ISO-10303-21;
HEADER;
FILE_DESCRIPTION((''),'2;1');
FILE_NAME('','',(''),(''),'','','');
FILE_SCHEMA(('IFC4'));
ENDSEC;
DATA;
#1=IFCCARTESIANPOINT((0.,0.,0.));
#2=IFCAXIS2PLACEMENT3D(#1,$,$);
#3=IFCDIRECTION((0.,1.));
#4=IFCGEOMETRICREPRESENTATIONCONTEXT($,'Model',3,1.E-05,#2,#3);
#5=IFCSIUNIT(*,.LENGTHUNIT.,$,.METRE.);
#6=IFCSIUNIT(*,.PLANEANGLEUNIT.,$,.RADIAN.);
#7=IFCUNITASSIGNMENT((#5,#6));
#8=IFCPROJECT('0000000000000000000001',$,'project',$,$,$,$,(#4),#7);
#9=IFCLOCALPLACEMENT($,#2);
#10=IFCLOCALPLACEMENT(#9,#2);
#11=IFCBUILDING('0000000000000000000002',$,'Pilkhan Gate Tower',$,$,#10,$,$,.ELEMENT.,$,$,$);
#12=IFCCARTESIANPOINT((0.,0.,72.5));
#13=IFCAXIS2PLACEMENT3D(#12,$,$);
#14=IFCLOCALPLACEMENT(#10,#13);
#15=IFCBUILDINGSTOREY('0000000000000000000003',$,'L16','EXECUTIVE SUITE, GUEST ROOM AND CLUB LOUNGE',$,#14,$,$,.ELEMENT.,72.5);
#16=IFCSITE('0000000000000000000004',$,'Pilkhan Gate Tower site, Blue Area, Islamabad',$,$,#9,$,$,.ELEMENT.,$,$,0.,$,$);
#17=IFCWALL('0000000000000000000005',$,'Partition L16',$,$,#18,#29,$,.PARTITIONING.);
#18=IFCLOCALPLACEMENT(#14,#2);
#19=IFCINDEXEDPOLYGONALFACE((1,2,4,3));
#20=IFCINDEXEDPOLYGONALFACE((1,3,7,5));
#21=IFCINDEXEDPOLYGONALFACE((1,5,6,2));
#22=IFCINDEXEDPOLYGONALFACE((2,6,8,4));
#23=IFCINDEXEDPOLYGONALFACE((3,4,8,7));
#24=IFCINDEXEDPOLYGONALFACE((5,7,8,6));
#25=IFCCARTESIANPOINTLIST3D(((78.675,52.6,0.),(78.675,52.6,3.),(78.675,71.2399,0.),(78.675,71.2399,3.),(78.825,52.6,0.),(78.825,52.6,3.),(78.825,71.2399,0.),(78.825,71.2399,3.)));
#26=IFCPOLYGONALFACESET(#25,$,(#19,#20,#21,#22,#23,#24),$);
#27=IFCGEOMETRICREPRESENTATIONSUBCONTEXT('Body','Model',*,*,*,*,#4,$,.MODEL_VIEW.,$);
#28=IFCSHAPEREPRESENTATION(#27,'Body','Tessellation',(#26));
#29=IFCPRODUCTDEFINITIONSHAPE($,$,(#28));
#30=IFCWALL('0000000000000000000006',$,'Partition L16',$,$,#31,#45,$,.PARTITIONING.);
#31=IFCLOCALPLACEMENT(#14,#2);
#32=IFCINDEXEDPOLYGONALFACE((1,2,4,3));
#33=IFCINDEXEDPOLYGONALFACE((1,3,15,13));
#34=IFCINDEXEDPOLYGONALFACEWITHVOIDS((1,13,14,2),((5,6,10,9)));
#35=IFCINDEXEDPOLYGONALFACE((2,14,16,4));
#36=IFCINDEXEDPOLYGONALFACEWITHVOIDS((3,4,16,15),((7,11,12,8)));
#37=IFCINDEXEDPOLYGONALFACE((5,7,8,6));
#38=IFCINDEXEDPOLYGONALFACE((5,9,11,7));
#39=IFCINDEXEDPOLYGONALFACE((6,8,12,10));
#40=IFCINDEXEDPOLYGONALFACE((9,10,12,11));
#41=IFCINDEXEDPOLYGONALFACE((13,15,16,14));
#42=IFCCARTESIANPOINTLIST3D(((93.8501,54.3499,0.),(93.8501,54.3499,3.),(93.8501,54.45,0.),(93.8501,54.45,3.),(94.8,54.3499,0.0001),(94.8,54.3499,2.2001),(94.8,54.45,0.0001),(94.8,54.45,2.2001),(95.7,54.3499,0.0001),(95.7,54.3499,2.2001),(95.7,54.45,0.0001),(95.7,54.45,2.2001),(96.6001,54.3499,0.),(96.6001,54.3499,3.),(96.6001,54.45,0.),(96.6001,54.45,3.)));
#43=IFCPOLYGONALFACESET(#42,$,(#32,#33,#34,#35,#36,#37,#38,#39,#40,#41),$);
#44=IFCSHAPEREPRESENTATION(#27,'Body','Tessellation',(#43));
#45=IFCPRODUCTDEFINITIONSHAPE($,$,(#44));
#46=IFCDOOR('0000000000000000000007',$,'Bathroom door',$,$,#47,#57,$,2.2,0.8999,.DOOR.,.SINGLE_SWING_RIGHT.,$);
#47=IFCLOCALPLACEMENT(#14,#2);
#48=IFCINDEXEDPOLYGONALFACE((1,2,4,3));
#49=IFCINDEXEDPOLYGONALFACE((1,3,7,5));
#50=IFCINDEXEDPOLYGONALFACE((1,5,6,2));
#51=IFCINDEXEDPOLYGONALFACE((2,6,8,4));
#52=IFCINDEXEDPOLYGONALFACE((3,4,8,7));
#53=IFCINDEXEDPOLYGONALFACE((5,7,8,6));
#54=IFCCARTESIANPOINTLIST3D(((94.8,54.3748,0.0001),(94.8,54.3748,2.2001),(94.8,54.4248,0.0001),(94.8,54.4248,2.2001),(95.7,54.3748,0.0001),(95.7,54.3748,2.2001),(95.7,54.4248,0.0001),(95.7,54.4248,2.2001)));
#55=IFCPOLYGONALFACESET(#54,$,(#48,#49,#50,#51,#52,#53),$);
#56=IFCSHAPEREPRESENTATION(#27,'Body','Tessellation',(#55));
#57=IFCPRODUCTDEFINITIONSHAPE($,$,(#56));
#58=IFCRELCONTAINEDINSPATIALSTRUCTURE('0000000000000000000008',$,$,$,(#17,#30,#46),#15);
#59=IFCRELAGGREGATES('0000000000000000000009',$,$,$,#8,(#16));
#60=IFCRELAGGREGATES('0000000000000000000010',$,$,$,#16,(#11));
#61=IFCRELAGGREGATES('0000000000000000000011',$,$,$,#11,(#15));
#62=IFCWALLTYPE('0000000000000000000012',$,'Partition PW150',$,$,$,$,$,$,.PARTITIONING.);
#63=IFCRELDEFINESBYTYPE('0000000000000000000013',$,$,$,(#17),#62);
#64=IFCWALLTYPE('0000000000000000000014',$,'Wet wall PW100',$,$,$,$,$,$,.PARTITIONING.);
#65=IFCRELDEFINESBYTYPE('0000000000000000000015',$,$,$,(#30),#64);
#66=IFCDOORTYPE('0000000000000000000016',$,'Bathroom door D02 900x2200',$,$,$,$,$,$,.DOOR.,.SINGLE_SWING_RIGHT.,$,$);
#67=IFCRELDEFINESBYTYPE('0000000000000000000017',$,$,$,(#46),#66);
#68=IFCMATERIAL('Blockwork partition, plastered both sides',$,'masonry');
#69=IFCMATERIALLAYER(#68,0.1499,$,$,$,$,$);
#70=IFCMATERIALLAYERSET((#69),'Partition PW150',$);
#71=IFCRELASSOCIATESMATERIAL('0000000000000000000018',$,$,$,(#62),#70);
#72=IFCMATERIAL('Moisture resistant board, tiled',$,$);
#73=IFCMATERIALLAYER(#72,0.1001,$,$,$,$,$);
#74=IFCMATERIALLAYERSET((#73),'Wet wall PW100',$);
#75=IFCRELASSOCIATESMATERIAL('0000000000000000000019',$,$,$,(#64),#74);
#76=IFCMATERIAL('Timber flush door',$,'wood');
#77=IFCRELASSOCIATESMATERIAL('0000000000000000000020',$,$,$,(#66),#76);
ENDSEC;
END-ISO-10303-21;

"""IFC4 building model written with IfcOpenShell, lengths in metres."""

from ifc_helpers import new_model, si_unit, direction, frame, frame_2d, origin, place, context, subcontext, project, spatial, rectangle, extrude, material, layer, layer_set, type_object, element, fill, save


model = new_model("IFC4")

# Units and contexts
model_context = context("Model", 3, precision=1e-05, world=origin(), true_north=direction((0.0, 1.0)))
body_context = subcontext(model_context, "Body", "Model", "MODEL_VIEW")
ifc_project = project(units=[si_unit("LENGTHUNIT", "METRE"), si_unit("PLANEANGLEUNIT", "RADIAN")], contexts=[model_context])

# Site, building, storey
site_placement = place(None, origin())
site = spatial("IfcSite", under=ifc_project, at=site_placement, Name="Pilkhan Gate Tower site, Blue Area, Islamabad", CompositionType="ELEMENT", RefElevation=0.0)
building_placement = place(site_placement, origin())
building = spatial("IfcBuilding", under=site, at=building_placement, Name="Pilkhan Gate Tower", CompositionType="ELEMENT")
storey_placement = place(building_placement, frame((0.0, 0.0, 72.5)))
storey = spatial("IfcBuildingStorey", under=building, at=storey_placement, Name="L16", Description="EXECUTIVE SUITE, GUEST ROOM AND CLUB LOUNGE", CompositionType="ELEMENT", Elevation=72.5)

# Wall
ifc_material_1 = material(Name="Blockwork partition, plastered both sides", Category="masonry")
ifc_layer_1 = layer(ifc_material_1, 0.1499)
ifc_layer_set_1 = layer_set([ifc_layer_1], Name="Partition PW150")
wall_type_1 = type_object("IfcWallType", Name="Partition PW150", PredefinedType="PARTITIONING", material=ifc_layer_set_1)
wall_1_placement = place(storey_placement, frame((78.75, 52.6001, 0.0), z_axis=(0.0, 0.0, 1.0), x_axis=(0.0, 1.0, 0.0)))
element("IfcWall", 1, at=wall_1_placement, inside=storey, type_object=wall_type_1, Name="Partition L16", PredefinedType="PARTITIONING", context=body_context, shape_type="SweptSolid", body=[
    extrude(rectangle(XDim=18.6399, YDim=0.1499, at=frame_2d((9.3198, 0.0))), origin(), (0.0, 0.0, 1.0), 3.0),
])

# Wall, opening, door
ifc_material_2 = material(Name="Moisture resistant board, tiled")
ifc_layer_2 = layer(ifc_material_2, 0.1001)
ifc_layer_set_2 = layer_set([ifc_layer_2], Name="Wet wall PW100")
wall_type_2 = type_object("IfcWallType", Name="Wet wall PW100", PredefinedType="PARTITIONING", material=ifc_layer_set_2)
wall_2_placement = place(storey_placement, frame((93.8501, 54.3999, 0.0), z_axis=(0.0, 0.0, 1.0), x_axis=(1.0, 0.0, 0.0)))
wall_2 = element("IfcWall", 2, at=wall_2_placement, inside=storey, type_object=wall_type_2, Name="Partition L16", PredefinedType="PARTITIONING", context=body_context, shape_type="SweptSolid", body=[
    extrude(rectangle(XDim=2.75, YDim=0.1001, at=frame_2d((1.375, 0.0))), origin(), (0.0, 0.0, 1.0), 3.0),
])
opening_1_placement = place(wall_2_placement, frame((0.95, 0.0, 0.0)))
opening_1 = element("IfcOpeningElement", 3, at=opening_1_placement, cuts=wall_2, PredefinedType="OPENING", context=body_context, shape_type="SweptSolid", body=[
    extrude(rectangle(XDim=0.8999, YDim=2.2, at=frame_2d((0.45, 1.1001))), frame((0.0, 0.0601, 0.0), z_axis=(0.0, -1.0, 0.0), x_axis=(1.0, 0.0, 0.0)), (0.0, 0.0, 1.0), 0.1201),
])
ifc_material_3 = material(Name="Timber flush door", Category="wood")
door_type_1 = type_object("IfcDoorType", Name="Bathroom door D02 900x2200", OperationType="SINGLE_SWING_RIGHT", PredefinedType="DOOR", material=ifc_material_3)
door_1_placement = place(opening_1_placement, origin())
door_1 = element("IfcDoor", 4, at=door_1_placement, inside=storey, type_object=door_type_1, Name="Bathroom door", OperationType="SINGLE_SWING_RIGHT", OverallHeight=2.2, OverallWidth=0.8999, PredefinedType="DOOR", context=body_context, shape_type="SweptSolid", body=[
    extrude(rectangle(XDim=0.8999, YDim=2.2, at=frame_2d((0.45, 1.1001))), frame((0.0, 0.0249, 0.0), z_axis=(0.0, -1.0, 0.0), x_axis=(1.0, 0.0, 0.0)), (0.0, 0.0, 1.0), 0.05),
])
fill(opening_1, door_1)

save(model, "model.ifc")
